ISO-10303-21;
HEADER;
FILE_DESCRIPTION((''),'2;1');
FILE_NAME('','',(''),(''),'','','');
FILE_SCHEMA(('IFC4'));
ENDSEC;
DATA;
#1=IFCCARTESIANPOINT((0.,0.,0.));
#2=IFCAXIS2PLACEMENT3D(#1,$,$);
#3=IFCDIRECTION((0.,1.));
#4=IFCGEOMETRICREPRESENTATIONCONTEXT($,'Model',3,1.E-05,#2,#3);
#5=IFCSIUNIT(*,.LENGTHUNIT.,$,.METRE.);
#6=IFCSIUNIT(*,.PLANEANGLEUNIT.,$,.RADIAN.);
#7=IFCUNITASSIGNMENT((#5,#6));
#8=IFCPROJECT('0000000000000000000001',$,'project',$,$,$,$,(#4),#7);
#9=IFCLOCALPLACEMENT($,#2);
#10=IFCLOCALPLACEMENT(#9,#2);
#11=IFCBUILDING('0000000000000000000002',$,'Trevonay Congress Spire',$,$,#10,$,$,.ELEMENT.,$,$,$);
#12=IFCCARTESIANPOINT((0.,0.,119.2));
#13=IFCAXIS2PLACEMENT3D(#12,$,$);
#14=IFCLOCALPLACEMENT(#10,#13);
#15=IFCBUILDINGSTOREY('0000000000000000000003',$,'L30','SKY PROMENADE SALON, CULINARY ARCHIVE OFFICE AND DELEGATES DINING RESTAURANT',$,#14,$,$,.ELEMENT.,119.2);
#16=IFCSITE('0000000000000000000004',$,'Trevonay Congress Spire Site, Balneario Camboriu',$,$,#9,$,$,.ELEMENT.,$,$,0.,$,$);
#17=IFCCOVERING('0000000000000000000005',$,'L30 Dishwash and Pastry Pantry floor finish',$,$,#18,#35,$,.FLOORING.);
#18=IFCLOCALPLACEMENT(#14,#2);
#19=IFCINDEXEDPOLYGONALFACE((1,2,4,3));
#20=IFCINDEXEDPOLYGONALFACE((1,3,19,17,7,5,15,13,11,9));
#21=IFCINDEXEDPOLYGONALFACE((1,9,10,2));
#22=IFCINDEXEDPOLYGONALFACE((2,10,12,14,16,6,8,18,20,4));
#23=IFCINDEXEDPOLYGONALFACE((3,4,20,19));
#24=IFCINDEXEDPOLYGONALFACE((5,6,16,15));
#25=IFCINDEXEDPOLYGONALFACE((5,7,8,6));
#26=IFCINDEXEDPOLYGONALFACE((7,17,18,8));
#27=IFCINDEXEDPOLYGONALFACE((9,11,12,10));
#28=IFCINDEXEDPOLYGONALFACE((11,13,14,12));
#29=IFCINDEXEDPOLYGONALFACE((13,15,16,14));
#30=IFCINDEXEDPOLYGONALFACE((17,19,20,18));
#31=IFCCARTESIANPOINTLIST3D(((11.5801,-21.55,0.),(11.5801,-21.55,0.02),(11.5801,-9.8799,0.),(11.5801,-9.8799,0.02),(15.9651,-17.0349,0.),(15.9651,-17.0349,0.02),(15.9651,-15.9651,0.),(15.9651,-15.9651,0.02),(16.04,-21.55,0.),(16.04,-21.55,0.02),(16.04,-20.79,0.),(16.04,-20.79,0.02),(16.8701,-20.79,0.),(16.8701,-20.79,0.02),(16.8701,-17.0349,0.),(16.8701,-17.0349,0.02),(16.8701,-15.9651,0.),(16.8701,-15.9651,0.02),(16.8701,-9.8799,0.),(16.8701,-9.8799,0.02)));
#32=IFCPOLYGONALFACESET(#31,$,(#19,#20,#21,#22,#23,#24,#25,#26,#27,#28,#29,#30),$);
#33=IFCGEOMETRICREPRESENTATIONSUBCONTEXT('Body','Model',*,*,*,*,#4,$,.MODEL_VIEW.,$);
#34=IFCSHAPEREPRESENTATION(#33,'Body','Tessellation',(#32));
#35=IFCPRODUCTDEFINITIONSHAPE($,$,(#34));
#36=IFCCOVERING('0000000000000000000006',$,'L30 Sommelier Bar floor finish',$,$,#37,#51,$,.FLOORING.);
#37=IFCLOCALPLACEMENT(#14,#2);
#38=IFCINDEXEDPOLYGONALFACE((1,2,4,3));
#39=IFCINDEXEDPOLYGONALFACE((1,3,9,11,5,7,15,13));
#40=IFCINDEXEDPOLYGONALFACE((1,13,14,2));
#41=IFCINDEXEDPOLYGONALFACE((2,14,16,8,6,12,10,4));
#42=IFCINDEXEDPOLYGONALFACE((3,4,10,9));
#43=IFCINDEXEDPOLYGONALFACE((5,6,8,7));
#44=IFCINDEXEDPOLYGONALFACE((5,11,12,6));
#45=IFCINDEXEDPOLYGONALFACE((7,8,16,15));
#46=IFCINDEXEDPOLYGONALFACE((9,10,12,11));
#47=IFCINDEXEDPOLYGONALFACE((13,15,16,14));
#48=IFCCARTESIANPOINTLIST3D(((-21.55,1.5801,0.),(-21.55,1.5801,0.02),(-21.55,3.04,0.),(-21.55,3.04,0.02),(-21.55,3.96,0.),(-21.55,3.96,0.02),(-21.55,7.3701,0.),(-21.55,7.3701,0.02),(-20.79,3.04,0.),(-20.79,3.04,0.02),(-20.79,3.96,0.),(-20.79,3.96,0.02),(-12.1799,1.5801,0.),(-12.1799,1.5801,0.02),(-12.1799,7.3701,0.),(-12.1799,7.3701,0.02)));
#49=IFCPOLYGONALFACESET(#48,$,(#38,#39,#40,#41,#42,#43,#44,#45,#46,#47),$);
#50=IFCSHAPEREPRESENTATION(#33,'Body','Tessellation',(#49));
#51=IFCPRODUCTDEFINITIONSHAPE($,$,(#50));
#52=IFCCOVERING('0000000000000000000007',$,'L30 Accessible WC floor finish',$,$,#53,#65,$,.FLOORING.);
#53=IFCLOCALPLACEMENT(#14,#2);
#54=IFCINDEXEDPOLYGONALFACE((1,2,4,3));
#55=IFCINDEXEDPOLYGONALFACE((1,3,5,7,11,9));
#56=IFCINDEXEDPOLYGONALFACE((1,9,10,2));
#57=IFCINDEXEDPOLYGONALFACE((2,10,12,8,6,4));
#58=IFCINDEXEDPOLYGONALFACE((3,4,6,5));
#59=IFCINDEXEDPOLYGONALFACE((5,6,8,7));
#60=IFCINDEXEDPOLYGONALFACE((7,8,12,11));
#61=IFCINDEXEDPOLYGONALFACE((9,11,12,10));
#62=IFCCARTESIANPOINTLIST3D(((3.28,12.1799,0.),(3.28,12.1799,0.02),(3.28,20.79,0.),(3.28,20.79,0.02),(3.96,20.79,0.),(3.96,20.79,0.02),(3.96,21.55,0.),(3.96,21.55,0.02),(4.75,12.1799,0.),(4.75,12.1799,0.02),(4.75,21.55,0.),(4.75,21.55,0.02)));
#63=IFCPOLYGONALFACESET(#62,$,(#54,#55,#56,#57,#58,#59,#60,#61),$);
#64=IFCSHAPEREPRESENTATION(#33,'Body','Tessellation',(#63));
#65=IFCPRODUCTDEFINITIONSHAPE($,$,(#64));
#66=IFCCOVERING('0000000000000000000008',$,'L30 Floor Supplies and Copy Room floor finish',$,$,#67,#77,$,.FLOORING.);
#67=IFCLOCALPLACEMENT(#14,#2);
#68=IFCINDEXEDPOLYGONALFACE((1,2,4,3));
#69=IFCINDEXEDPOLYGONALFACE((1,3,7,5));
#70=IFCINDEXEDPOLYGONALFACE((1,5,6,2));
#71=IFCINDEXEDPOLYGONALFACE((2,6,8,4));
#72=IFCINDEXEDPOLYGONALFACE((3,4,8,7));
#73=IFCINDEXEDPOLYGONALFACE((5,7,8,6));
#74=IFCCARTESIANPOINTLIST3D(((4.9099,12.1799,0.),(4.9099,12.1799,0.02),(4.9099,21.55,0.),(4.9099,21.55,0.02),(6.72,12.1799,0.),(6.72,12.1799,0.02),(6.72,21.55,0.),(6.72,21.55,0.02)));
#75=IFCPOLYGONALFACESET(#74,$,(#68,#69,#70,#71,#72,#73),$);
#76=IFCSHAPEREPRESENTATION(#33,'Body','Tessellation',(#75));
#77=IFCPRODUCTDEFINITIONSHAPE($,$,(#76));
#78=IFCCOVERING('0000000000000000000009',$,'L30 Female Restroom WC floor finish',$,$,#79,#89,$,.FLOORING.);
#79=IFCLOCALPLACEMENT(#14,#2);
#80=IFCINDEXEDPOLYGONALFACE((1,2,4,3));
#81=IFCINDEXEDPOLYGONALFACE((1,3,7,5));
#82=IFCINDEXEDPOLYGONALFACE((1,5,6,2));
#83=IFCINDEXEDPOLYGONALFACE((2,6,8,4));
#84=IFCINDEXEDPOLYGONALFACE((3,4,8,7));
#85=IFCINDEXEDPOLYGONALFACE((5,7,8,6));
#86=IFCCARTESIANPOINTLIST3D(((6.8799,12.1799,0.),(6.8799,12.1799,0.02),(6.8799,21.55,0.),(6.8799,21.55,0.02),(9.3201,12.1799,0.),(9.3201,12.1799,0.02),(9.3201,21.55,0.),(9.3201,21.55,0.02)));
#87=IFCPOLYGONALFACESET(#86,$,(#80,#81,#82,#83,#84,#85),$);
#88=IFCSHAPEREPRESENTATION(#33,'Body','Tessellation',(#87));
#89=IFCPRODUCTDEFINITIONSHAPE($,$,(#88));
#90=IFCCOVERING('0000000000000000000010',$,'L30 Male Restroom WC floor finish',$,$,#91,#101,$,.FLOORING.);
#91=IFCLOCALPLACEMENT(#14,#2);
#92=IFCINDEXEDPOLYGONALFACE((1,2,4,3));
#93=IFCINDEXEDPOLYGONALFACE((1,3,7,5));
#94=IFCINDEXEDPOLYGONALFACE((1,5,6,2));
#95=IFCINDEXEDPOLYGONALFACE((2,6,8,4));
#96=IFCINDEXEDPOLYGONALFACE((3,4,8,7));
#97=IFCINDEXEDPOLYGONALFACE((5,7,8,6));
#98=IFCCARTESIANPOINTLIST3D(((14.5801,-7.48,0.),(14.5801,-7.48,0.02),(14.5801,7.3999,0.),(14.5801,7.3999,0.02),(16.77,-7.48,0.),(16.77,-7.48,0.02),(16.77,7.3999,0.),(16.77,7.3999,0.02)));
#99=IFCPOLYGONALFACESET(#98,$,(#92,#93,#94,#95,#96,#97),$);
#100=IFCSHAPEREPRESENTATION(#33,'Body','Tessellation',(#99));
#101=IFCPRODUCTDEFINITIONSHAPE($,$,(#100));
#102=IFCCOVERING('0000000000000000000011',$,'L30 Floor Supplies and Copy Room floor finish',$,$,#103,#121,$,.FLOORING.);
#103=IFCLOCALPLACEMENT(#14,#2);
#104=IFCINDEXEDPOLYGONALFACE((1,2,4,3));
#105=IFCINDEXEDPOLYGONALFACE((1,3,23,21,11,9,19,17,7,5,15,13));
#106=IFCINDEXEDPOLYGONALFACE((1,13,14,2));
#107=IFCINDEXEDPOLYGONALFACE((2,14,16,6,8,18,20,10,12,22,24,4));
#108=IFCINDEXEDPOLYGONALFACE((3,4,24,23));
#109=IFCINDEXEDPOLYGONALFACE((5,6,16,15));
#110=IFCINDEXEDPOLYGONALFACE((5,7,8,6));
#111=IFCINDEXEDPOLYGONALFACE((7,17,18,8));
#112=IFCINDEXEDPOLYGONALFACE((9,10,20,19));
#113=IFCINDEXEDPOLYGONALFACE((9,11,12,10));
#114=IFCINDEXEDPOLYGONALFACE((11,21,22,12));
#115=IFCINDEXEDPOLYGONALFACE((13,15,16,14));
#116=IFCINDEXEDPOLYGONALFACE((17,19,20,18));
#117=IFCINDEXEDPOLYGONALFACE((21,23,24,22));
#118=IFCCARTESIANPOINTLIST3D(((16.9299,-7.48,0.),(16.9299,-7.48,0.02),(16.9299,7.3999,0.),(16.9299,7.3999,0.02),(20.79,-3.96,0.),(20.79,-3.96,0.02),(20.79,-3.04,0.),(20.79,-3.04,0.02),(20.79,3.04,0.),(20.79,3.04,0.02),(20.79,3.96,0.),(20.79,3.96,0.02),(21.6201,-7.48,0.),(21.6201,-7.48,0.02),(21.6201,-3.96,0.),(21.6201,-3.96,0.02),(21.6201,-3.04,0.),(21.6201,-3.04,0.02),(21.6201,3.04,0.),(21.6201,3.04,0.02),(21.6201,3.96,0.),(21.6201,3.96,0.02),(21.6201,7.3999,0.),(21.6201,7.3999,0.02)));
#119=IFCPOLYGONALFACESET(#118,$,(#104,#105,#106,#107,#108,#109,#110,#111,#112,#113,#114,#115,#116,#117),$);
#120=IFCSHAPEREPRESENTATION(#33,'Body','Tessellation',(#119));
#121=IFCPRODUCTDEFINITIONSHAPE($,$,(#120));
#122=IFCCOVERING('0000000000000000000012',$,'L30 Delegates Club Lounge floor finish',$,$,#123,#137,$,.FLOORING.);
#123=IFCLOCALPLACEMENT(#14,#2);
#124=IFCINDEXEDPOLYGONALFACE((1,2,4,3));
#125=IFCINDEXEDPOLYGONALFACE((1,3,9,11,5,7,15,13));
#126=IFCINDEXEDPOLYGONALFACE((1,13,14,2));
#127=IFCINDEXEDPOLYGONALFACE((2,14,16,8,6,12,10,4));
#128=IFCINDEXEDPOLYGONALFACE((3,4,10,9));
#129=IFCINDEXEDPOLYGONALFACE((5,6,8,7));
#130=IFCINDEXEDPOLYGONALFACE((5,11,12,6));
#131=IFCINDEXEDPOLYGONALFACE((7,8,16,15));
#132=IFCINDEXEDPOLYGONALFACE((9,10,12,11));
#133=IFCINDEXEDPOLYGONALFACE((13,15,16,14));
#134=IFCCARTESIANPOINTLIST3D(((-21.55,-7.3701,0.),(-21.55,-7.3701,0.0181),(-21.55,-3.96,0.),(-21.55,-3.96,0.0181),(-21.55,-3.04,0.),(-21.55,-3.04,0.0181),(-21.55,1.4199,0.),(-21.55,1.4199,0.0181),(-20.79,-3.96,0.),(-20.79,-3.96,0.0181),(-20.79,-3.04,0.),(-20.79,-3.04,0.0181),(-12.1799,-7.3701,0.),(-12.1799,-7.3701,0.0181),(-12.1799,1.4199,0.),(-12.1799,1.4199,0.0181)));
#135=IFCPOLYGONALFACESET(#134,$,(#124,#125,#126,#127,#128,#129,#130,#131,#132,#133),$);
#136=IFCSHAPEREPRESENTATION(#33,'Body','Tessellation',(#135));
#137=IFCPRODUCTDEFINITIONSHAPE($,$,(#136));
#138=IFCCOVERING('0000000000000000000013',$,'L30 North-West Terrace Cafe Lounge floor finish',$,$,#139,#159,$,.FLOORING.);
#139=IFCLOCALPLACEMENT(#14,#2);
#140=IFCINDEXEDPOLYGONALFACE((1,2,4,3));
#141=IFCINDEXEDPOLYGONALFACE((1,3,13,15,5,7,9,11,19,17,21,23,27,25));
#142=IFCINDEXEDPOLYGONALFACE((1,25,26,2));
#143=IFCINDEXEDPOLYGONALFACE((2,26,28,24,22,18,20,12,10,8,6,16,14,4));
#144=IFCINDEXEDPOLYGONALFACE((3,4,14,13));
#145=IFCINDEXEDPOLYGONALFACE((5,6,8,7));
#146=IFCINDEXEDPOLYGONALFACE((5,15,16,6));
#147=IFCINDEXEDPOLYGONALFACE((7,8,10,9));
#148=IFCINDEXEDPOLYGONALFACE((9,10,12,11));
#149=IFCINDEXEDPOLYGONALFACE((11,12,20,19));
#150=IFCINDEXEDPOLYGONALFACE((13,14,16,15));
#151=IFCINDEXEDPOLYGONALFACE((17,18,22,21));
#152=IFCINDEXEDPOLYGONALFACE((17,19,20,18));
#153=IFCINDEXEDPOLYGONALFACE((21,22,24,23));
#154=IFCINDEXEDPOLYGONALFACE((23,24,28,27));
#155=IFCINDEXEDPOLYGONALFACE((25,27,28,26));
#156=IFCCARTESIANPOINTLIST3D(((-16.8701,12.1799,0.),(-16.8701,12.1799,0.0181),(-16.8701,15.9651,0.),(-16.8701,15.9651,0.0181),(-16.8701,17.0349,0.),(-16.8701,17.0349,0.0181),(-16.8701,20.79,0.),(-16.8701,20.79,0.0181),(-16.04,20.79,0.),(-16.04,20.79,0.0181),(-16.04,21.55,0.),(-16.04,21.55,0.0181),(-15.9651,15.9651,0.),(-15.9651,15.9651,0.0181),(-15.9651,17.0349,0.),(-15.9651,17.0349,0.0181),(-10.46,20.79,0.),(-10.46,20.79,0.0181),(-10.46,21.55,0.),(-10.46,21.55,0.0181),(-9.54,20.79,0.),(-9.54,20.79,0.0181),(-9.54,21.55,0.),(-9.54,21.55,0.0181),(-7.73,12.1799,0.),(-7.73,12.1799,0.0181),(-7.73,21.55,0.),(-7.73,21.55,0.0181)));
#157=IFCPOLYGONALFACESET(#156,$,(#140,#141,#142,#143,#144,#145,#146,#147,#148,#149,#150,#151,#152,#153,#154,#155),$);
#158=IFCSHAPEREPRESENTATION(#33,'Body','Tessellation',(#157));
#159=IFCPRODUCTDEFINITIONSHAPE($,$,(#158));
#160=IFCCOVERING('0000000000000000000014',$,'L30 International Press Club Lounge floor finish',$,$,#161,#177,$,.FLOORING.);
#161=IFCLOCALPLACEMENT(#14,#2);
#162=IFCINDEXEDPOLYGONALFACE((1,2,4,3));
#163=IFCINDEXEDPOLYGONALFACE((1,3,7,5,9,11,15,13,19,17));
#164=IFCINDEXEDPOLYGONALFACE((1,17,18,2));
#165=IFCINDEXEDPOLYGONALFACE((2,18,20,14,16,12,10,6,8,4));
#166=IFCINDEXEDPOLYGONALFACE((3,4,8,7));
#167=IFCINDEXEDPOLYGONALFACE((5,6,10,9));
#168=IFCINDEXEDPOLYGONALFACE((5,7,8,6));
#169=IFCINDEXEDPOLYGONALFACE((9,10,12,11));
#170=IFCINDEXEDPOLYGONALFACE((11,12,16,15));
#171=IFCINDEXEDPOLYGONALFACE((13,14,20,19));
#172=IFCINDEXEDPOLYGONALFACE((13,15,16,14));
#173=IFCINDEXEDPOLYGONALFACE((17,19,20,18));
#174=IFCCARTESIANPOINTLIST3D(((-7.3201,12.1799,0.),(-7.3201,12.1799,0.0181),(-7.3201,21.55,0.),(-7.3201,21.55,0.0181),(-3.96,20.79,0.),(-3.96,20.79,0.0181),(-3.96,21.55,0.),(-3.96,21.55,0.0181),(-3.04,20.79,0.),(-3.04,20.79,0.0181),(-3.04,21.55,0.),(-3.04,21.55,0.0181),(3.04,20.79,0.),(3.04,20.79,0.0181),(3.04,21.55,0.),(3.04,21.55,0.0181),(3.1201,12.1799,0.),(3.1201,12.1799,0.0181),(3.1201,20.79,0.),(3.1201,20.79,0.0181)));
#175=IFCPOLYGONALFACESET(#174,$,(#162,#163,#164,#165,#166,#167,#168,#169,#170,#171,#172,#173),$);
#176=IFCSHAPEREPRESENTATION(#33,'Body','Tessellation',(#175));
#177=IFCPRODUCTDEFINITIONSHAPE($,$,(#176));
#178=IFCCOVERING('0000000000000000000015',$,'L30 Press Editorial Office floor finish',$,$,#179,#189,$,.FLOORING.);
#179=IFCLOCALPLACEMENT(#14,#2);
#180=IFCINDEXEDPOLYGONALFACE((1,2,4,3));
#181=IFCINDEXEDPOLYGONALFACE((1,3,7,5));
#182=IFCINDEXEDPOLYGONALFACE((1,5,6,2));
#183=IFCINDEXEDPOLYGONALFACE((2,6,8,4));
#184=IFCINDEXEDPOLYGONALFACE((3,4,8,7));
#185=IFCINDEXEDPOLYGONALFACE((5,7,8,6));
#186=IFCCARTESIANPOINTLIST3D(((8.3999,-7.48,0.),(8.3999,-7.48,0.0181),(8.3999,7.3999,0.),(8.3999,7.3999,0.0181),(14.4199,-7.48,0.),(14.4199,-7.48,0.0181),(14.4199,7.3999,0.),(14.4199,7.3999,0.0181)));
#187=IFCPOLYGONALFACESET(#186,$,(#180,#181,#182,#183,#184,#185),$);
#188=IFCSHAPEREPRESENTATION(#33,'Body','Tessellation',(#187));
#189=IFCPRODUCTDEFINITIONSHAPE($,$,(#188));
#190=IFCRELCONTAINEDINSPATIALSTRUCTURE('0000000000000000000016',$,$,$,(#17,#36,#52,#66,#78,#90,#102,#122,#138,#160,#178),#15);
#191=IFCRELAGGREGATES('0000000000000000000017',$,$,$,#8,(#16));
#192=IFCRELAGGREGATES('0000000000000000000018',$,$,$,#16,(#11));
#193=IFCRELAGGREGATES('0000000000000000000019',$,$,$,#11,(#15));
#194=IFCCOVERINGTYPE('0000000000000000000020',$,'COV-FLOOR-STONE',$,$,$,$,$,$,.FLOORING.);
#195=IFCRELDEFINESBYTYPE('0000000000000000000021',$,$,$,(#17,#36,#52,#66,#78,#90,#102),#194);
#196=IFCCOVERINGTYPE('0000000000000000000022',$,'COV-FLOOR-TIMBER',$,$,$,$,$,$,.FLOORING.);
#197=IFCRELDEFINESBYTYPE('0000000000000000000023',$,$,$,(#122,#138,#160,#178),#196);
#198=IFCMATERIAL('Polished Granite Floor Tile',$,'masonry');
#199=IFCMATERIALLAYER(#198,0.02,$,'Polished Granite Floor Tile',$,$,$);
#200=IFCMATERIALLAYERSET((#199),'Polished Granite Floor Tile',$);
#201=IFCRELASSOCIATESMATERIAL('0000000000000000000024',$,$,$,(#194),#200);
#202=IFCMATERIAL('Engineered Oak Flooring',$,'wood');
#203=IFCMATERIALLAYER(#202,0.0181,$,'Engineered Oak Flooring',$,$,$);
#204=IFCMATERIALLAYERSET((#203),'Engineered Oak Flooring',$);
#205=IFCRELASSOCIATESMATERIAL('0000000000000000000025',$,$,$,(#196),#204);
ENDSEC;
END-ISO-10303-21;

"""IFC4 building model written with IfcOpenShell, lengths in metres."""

from ifc_helpers import new_model, si_unit, direction, frame, origin, place, context, subcontext, project, spatial, polyline, outline, extrude, material, layer, layer_set, type_object, element, save


model = new_model("IFC4")

# Units and contexts
model_context = context("Model", 3, precision=1e-05, world=origin(), true_north=direction((0.0, 1.0)))
body_context = subcontext(model_context, "Body", "Model", "MODEL_VIEW")
ifc_project = project(units=[si_unit("LENGTHUNIT", "METRE"), si_unit("PLANEANGLEUNIT", "RADIAN")], contexts=[model_context])

# Site, building, storey
site_placement = place(None, origin())
site = spatial("IfcSite", under=ifc_project, at=site_placement, Name="Trevonay Congress Spire Site, Balneario Camboriu", CompositionType="ELEMENT", RefElevation=0.0)
building_placement = place(site_placement, origin())
building = spatial("IfcBuilding", under=site, at=building_placement, Name="Trevonay Congress Spire", CompositionType="ELEMENT")
storey_placement = place(building_placement, frame((0.0, 0.0, 119.2)))
storey = spatial("IfcBuildingStorey", under=building, at=storey_placement, Name="L30", Description="SKY PROMENADE SALON, CULINARY ARCHIVE OFFICE AND DELEGATES DINING RESTAURANT", CompositionType="ELEMENT", Elevation=119.2)

# Coverings
ifc_material_1 = material(Name="Polished Granite Floor Tile", Category="masonry")
ifc_layer_1 = layer(ifc_material_1, 0.02, Name="Polished Granite Floor Tile")
ifc_layer_set_1 = layer_set([ifc_layer_1], Name="Polished Granite Floor Tile")
covering_type_1 = type_object("IfcCoveringType", Name="COV-FLOOR-STONE", PredefinedType="FLOORING", material=ifc_layer_set_1)
covering_1_placement = place(storey_placement, origin())
element("IfcCovering", 1, at=covering_1_placement, inside=storey, type_object=covering_type_1, Name="L30 Dishwash and Pastry Pantry floor finish", PredefinedType="FLOORING", context=body_context, shape_type="SweptSolid", body=[
    extrude(outline(polyline([(11.5801, -21.55), (11.5801, -9.8799), (16.8701, -9.8799), (16.8701, -15.9651), (15.9651, -15.9651), (15.9651, -17.0349), (16.8701, -17.0349), (16.8701, -20.79), (16.04, -20.79), (16.04, -21.55), (11.5801, -21.55)])), origin(), (0.0, 0.0, 1.0), 0.02),
])
covering_2_placement = place(storey_placement, origin())
element("IfcCovering", 2, at=covering_2_placement, inside=storey, type_object=covering_type_1, Name="L30 Sommelier Bar floor finish", PredefinedType="FLOORING", context=body_context, shape_type="SweptSolid", body=[
    extrude(outline(polyline([(-21.55, 7.3701), (-12.1799, 7.3701), (-12.1799, 1.5801), (-21.55, 1.5801), (-21.55, 3.04), (-20.79, 3.04), (-20.79, 3.96), (-21.55, 3.96), (-21.55, 7.3701)])), origin(), (0.0, 0.0, 1.0), 0.02),
])
covering_3_placement = place(storey_placement, origin())
element("IfcCovering", 3, at=covering_3_placement, inside=storey, type_object=covering_type_1, Name="L30 Accessible WC floor finish", PredefinedType="FLOORING", context=body_context, shape_type="SweptSolid", body=[
    extrude(outline(polyline([(4.75, 21.55), (4.75, 12.1799), (3.28, 12.1799), (3.28, 20.79), (3.96, 20.79), (3.96, 21.55), (4.75, 21.55)])), origin(), (0.0, 0.0, 1.0), 0.02),
])
covering_4_placement = place(storey_placement, origin())
element("IfcCovering", 4, at=covering_4_placement, inside=storey, type_object=covering_type_1, Name="L30 Floor Supplies and Copy Room floor finish", PredefinedType="FLOORING", context=body_context, shape_type="SweptSolid", body=[
    extrude(outline(polyline([(4.9099, 12.1799), (6.72, 12.1799), (6.72, 21.55), (4.9099, 21.55), (4.9099, 12.1799)])), origin(), (0.0, 0.0, 1.0), 0.02),
])
covering_5_placement = place(storey_placement, origin())
element("IfcCovering", 5, at=covering_5_placement, inside=storey, type_object=covering_type_1, Name="L30 Female Restroom WC floor finish", PredefinedType="FLOORING", context=body_context, shape_type="SweptSolid", body=[
    extrude(outline(polyline([(6.8799, 12.1799), (9.3201, 12.1799), (9.3201, 21.55), (6.8799, 21.55), (6.8799, 12.1799)])), origin(), (0.0, 0.0, 1.0), 0.02),
])
covering_6_placement = place(storey_placement, origin())
element("IfcCovering", 6, at=covering_6_placement, inside=storey, type_object=covering_type_1, Name="L30 Male Restroom WC floor finish", PredefinedType="FLOORING", context=body_context, shape_type="SweptSolid", body=[
    extrude(outline(polyline([(14.5801, -7.48), (16.77, -7.48), (16.77, 7.3999), (14.5801, 7.3999), (14.5801, -7.48)])), origin(), (0.0, 0.0, 1.0), 0.02),
])
covering_7_placement = place(storey_placement, origin())
element("IfcCovering", 7, at=covering_7_placement, inside=storey, type_object=covering_type_1, Name="L30 Floor Supplies and Copy Room floor finish", PredefinedType="FLOORING", context=body_context, shape_type="SweptSolid", body=[
    extrude(outline(polyline([(21.6201, -7.48), (16.9299, -7.48), (16.9299, 7.3999), (21.6201, 7.3999), (21.6201, 3.96), (20.79, 3.96), (20.79, 3.04), (21.6201, 3.04), (21.6201, -3.04), (20.79, -3.04), (20.79, -3.96), (21.6201, -3.96), (21.6201, -7.48)])), origin(), (0.0, 0.0, 1.0), 0.02),
])
ifc_material_2 = material(Name="Engineered Oak Flooring", Category="wood")
ifc_layer_2 = layer(ifc_material_2, 0.0181, Name="Engineered Oak Flooring")
ifc_layer_set_2 = layer_set([ifc_layer_2], Name="Engineered Oak Flooring")
covering_type_2 = type_object("IfcCoveringType", Name="COV-FLOOR-TIMBER", PredefinedType="FLOORING", material=ifc_layer_set_2)
covering_8_placement = place(storey_placement, origin())
element("IfcCovering", 8, at=covering_8_placement, inside=storey, type_object=covering_type_2, Name="L30 Delegates Club Lounge floor finish", PredefinedType="FLOORING", context=body_context, shape_type="SweptSolid", body=[
    extrude(outline(polyline([(-21.55, 1.4199), (-12.1799, 1.4199), (-12.1799, -7.3701), (-21.55, -7.3701), (-21.55, -3.96), (-20.79, -3.96), (-20.79, -3.04), (-21.55, -3.04), (-21.55, 1.4199)])), origin(), (0.0, 0.0, 1.0), 0.0181),
])
covering_9_placement = place(storey_placement, origin())
element("IfcCovering", 9, at=covering_9_placement, inside=storey, type_object=covering_type_2, Name="L30 North-West Terrace Cafe Lounge floor finish", PredefinedType="FLOORING", context=body_context, shape_type="SweptSolid", body=[
    extrude(outline(polyline([(-7.73, 21.55), (-7.73, 12.1799), (-16.8701, 12.1799), (-16.8701, 15.9651), (-15.9651, 15.9651), (-15.9651, 17.0349), (-16.8701, 17.0349), (-16.8701, 20.79), (-16.04, 20.79), (-16.04, 21.55), (-10.46, 21.55), (-10.46, 20.79), (-9.54, 20.79), (-9.54, 21.55), (-7.73, 21.55)])), origin(), (0.0, 0.0, 1.0), 0.0181),
])
covering_10_placement = place(storey_placement, origin())
element("IfcCovering", 10, at=covering_10_placement, inside=storey, type_object=covering_type_2, Name="L30 International Press Club Lounge floor finish", PredefinedType="FLOORING", context=body_context, shape_type="SweptSolid", body=[
    extrude(outline(polyline([(3.1201, 12.1799), (-7.3201, 12.1799), (-7.3201, 21.55), (-3.96, 21.55), (-3.96, 20.79), (-3.04, 20.79), (-3.04, 21.55), (3.04, 21.55), (3.04, 20.79), (3.1201, 20.79), (3.1201, 12.1799)])), origin(), (0.0, 0.0, 1.0), 0.0181),
])
covering_11_placement = place(storey_placement, origin())
element("IfcCovering", 11, at=covering_11_placement, inside=storey, type_object=covering_type_2, Name="L30 Press Editorial Office floor finish", PredefinedType="FLOORING", context=body_context, shape_type="SweptSolid", body=[
    extrude(outline(polyline([(8.3999, -7.48), (14.4199, -7.48), (14.4199, 7.3999), (8.3999, 7.3999), (8.3999, -7.48)])), origin(), (0.0, 0.0, 1.0), 0.0181),
])

save(model, "model.ifc")
